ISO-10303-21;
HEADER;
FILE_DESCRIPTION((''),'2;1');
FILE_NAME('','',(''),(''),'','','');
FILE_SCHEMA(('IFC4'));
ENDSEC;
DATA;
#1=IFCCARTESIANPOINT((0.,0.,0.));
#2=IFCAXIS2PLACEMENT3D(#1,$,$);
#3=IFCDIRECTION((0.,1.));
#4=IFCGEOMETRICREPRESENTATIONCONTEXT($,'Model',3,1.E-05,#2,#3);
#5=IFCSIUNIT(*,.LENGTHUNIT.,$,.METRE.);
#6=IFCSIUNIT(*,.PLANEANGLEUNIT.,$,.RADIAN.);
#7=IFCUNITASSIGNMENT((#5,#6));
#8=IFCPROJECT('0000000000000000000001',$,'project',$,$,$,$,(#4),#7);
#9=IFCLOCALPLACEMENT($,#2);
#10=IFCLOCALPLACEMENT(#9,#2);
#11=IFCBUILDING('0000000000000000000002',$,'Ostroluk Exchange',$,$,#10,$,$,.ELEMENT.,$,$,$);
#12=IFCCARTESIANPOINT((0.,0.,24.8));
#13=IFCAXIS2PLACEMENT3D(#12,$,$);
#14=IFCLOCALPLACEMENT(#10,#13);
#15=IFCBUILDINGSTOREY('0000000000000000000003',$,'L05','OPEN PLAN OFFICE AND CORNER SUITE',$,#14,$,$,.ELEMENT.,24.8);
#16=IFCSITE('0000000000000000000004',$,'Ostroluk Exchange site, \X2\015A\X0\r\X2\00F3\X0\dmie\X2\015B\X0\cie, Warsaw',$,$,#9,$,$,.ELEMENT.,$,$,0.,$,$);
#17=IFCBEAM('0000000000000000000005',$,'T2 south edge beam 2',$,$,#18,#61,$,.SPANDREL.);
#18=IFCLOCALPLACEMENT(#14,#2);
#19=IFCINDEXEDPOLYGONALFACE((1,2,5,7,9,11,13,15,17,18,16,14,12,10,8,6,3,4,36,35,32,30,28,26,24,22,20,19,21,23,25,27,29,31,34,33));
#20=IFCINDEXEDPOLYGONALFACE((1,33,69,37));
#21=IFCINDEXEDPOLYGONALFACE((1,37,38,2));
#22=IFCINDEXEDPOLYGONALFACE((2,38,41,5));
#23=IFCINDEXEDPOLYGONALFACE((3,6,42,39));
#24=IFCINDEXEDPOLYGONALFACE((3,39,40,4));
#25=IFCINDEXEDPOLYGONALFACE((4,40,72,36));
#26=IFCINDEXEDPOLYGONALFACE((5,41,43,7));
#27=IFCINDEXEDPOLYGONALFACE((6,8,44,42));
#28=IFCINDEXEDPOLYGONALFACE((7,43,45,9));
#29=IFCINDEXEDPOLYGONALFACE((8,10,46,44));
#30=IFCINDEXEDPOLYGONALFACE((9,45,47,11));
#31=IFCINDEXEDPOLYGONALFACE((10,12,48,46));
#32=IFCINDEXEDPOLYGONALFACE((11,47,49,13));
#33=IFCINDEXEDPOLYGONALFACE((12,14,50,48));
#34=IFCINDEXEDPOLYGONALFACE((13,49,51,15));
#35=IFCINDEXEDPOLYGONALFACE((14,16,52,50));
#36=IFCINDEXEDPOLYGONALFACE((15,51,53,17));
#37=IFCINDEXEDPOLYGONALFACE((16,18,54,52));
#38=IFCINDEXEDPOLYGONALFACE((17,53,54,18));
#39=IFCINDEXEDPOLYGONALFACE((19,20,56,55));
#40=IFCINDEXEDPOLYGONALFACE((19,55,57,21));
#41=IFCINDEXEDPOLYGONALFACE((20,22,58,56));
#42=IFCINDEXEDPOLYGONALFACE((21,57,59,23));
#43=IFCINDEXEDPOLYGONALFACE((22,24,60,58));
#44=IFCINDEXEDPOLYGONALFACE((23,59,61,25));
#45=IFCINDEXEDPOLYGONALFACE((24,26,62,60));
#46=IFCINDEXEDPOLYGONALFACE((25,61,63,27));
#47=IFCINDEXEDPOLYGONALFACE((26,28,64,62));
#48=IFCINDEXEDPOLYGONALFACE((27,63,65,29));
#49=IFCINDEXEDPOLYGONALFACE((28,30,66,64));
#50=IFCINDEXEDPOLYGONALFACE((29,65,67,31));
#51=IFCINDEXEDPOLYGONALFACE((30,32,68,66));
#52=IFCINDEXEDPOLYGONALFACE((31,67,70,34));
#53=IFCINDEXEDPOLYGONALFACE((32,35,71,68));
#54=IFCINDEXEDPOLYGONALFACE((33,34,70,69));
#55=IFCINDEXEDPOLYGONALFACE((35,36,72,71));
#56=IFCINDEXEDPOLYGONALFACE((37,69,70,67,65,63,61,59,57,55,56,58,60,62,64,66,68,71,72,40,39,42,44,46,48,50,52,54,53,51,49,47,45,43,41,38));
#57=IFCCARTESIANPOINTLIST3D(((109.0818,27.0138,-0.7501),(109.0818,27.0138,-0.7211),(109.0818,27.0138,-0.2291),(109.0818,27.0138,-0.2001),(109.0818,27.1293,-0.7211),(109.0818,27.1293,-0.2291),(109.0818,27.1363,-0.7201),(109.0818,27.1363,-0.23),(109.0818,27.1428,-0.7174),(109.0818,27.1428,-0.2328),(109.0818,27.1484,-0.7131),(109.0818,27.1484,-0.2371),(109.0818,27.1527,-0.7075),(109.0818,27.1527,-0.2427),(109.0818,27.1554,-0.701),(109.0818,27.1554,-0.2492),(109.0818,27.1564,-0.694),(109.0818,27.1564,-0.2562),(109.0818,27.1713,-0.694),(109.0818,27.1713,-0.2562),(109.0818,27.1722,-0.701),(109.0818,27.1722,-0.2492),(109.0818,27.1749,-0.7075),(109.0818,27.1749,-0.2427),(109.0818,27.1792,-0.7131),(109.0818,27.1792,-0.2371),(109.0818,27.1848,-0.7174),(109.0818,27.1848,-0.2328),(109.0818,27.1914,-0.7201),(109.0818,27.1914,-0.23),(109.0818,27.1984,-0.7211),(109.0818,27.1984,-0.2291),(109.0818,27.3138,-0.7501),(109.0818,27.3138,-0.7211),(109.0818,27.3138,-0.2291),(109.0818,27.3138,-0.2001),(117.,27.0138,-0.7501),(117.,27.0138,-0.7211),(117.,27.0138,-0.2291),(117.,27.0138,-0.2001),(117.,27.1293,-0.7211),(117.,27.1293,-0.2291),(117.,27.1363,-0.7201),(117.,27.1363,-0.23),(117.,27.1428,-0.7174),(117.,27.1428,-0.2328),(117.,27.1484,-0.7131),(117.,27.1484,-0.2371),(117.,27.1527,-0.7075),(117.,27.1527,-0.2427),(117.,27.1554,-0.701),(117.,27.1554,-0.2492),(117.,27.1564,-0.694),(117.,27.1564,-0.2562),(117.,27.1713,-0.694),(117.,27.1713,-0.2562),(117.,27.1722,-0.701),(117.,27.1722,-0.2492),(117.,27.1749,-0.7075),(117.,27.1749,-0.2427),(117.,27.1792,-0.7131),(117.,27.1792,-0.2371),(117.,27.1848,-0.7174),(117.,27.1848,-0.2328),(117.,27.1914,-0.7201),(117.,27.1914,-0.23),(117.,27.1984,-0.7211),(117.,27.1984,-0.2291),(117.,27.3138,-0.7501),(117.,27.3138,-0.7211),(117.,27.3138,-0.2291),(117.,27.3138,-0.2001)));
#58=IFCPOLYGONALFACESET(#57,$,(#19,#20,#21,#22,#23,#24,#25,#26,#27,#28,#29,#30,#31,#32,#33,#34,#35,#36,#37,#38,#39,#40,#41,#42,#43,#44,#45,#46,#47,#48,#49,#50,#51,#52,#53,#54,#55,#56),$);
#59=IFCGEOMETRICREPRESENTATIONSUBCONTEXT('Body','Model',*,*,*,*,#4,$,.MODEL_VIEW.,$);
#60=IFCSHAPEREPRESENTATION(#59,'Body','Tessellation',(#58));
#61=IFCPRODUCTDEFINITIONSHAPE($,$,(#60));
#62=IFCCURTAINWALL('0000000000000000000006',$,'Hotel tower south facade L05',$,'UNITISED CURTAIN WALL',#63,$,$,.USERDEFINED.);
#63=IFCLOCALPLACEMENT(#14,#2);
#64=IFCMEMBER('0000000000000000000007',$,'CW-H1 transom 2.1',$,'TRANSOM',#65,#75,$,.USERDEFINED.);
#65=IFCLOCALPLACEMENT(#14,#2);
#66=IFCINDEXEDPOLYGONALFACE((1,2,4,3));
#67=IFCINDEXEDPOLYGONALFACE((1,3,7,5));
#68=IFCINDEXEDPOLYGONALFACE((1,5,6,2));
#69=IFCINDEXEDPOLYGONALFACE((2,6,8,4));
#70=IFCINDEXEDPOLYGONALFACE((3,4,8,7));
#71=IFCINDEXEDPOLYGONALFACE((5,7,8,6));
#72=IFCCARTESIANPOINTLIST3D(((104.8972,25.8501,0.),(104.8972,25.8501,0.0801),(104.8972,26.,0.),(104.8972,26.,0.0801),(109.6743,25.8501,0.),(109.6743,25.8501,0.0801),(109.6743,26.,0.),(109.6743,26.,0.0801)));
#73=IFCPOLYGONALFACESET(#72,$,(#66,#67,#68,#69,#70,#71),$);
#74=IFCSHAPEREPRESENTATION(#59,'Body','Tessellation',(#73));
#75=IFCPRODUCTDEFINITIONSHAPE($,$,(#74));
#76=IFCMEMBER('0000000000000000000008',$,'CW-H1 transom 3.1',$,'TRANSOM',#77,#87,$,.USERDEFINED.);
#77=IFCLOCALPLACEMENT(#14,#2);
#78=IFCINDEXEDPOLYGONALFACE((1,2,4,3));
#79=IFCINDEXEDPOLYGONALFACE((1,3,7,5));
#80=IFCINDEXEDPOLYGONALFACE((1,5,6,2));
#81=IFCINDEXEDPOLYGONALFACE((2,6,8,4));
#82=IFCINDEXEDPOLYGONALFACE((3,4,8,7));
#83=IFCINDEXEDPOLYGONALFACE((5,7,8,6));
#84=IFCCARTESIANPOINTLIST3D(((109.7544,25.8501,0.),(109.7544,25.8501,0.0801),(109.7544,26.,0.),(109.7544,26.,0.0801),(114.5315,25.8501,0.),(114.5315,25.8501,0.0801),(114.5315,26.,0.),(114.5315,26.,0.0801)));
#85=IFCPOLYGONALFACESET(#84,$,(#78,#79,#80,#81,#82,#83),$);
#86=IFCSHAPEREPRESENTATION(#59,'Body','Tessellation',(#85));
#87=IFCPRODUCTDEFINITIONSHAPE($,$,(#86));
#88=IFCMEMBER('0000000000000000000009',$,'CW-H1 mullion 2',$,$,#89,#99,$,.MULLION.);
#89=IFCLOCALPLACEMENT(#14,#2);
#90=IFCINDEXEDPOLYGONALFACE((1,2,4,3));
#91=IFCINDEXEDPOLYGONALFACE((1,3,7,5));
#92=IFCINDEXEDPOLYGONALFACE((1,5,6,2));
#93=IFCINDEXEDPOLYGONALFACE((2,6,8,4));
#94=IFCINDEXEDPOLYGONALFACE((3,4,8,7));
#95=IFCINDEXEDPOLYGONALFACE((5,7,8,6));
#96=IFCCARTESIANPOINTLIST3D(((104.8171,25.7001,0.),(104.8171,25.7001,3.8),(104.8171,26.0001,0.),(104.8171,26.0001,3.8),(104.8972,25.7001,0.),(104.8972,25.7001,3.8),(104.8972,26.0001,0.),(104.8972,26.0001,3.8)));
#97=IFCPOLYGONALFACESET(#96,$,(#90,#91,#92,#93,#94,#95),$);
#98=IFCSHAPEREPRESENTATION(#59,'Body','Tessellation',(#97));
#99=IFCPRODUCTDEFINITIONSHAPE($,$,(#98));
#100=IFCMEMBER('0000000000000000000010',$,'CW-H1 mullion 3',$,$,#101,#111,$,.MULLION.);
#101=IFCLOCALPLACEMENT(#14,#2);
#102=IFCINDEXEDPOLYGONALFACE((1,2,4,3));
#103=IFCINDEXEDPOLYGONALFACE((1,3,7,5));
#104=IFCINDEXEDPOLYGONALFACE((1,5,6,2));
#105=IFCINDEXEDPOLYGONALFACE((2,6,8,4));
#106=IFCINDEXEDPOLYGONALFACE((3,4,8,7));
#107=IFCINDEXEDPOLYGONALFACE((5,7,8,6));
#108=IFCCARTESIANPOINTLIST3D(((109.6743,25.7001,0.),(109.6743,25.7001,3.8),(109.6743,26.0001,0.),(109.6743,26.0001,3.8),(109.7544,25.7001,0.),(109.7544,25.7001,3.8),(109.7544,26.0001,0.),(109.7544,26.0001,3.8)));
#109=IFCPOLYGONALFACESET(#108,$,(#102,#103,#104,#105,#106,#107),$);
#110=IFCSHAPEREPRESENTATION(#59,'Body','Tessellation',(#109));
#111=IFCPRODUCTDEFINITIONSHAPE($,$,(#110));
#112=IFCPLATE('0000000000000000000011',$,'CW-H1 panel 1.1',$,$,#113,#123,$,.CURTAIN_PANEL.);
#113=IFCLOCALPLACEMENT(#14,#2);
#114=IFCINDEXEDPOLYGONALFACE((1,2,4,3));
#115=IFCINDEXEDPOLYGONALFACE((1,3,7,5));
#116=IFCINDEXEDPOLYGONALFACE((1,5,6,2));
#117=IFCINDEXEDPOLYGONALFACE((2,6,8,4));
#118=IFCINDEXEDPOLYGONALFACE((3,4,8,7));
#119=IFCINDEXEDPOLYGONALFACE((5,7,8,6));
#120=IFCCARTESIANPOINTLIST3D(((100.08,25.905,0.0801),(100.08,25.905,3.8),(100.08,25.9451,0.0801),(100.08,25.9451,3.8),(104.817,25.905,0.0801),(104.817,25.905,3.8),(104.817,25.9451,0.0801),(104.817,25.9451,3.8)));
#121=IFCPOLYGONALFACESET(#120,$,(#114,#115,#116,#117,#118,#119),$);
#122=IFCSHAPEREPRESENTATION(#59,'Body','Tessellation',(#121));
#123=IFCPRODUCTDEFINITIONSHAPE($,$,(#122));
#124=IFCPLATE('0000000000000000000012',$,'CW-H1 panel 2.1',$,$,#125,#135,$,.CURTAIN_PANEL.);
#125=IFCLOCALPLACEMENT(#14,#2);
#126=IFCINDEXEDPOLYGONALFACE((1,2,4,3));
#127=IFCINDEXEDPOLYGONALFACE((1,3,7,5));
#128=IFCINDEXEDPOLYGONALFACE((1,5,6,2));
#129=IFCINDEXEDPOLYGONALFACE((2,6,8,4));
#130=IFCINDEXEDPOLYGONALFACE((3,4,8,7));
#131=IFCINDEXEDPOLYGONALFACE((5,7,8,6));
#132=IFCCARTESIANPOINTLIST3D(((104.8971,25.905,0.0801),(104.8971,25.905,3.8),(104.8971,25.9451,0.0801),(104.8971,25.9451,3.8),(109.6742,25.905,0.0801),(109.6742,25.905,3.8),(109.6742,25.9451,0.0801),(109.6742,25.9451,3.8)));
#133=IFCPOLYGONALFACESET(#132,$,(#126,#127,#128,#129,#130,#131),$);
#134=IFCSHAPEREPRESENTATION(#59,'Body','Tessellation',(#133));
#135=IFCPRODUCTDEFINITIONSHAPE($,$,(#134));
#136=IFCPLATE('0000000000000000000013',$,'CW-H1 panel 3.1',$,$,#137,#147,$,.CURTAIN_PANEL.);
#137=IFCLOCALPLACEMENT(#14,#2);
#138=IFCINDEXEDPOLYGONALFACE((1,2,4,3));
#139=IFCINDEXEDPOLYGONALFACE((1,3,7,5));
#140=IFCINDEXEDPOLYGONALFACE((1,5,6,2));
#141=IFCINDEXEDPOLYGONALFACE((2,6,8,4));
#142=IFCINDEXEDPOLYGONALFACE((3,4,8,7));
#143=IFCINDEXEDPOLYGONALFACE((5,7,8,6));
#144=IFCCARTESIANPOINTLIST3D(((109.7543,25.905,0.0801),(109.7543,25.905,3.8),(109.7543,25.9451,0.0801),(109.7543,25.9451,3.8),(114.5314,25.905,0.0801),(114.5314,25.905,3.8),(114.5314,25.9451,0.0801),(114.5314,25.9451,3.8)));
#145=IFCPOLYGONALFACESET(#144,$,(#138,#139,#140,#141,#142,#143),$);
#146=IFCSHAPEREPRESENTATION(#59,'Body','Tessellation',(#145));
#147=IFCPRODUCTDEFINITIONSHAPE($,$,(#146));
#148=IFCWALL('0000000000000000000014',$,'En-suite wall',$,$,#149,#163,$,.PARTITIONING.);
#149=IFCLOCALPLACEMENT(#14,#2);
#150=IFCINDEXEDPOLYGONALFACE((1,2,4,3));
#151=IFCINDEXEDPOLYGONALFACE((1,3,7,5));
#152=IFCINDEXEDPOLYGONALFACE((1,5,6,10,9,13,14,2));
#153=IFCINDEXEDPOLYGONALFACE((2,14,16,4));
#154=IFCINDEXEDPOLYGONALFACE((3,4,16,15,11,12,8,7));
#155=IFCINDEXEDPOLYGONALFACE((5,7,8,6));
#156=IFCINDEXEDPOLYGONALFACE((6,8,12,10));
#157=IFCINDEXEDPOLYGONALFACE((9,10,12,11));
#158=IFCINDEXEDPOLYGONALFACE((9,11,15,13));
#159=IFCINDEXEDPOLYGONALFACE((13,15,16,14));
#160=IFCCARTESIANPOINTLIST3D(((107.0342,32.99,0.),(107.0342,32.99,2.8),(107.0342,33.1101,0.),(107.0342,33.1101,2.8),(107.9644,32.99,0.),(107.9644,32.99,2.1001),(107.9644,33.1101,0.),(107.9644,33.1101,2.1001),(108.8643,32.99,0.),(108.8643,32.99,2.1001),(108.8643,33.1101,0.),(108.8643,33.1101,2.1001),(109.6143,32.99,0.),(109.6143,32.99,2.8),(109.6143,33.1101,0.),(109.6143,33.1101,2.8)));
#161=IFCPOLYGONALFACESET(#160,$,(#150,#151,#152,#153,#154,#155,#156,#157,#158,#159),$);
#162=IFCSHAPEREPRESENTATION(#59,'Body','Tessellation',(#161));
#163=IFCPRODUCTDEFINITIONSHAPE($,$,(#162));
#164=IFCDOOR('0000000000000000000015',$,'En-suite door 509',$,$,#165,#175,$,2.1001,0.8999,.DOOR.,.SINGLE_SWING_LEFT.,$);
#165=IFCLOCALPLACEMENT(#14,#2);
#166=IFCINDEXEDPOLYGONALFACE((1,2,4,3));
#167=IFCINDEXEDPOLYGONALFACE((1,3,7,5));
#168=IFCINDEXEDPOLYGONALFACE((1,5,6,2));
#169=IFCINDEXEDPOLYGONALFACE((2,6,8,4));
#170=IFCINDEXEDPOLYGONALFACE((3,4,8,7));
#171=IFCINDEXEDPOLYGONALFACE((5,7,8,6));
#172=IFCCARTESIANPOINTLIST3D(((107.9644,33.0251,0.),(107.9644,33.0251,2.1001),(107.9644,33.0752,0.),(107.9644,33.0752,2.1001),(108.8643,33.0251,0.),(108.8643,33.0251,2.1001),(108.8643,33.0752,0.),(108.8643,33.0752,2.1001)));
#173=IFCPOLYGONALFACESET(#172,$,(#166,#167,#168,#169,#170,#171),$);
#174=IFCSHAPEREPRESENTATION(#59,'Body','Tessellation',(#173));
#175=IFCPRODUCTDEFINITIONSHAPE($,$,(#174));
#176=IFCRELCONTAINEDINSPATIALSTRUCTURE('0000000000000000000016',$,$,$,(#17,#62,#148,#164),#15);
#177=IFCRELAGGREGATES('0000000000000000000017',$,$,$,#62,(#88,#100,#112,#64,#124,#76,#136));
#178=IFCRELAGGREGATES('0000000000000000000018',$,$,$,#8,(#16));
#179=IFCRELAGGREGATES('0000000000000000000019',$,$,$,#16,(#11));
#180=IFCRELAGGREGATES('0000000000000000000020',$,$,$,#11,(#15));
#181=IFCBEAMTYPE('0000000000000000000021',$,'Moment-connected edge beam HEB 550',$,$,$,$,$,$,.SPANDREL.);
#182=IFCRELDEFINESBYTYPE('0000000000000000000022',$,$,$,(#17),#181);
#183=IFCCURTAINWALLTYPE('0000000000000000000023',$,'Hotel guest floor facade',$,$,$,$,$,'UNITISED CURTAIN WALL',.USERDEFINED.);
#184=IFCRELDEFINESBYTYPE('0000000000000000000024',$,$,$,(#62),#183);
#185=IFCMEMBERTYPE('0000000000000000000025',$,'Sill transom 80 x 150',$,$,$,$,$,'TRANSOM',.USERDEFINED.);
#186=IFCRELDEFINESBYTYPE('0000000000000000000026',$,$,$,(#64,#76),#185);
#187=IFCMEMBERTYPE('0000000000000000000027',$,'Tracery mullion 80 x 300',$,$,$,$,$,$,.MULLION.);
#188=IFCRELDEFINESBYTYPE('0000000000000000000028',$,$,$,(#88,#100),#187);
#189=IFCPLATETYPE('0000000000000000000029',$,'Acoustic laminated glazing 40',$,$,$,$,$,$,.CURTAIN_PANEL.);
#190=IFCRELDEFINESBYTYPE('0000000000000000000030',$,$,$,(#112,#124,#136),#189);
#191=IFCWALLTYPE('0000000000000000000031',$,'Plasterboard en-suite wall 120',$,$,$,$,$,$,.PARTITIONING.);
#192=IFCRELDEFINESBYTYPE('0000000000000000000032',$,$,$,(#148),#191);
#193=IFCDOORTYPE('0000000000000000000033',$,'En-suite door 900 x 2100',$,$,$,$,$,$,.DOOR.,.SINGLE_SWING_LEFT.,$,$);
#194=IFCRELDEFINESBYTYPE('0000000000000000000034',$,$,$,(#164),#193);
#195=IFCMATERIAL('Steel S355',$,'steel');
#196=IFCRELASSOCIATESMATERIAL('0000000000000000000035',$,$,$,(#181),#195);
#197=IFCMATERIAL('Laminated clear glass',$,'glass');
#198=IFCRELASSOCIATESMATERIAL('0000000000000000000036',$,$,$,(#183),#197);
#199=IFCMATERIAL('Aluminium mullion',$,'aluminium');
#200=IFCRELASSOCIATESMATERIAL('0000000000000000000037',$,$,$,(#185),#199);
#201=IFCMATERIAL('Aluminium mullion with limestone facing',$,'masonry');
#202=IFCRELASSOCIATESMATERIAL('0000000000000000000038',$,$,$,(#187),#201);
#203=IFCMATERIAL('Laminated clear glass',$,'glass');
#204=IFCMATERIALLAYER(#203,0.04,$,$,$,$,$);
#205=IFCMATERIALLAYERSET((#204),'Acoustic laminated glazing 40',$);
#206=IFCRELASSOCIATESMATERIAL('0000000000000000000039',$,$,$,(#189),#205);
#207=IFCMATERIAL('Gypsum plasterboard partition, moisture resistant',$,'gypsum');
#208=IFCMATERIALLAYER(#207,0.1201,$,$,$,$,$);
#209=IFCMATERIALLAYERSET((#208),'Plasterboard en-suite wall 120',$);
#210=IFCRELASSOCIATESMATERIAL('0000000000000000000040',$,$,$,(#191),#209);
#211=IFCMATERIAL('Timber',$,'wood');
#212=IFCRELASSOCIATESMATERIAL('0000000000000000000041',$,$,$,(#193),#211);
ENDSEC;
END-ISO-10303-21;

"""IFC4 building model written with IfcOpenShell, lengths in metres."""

from ifc_helpers import new_model, si_unit, direction, frame, frame_2d, origin, origin_2d, place, context, subcontext, project, spatial, rectangle, i_section, extrude, material, layer, layer_set, material_profile, profile_set, type_object, element, fill, aggregate, save


model = new_model("IFC4")

# Units and contexts
model_context = context("Model", 3, precision=1e-05, world=origin(), true_north=direction((0.0, 1.0)))
body_context = subcontext(model_context, "Body", "Model", "MODEL_VIEW")
ifc_project = project(units=[si_unit("LENGTHUNIT", "METRE"), si_unit("PLANEANGLEUNIT", "RADIAN")], contexts=[model_context])

# Site, building, storey
site_placement = place(None, origin())
site = spatial("IfcSite", under=ifc_project, at=site_placement, Name="Ostroluk Exchange site, Śródmieście, Warsaw", CompositionType="ELEMENT", RefElevation=0.0)
building_placement = place(site_placement, origin())
building = spatial("IfcBuilding", under=site, at=building_placement, Name="Ostroluk Exchange", CompositionType="ELEMENT")
storey_placement = place(building_placement, frame((0.0, 0.0, 24.8)))
storey = spatial("IfcBuildingStorey", under=building, at=storey_placement, Name="L05", Description="OPEN PLAN OFFICE AND CORNER SUITE", CompositionType="ELEMENT", Elevation=24.8)

# Beam
ifc_material_1 = material(Name="Steel S355", Category="steel")
ifc_material_profile_1 = material_profile(ifc_material_1, i_section(OverallWidth=0.3, OverallDepth=0.55, WebThickness=0.0149, FlangeThickness=0.0291, FilletRadius=0.0271, at=origin_2d()), Name="HEB 550")
ifc_profile_set_1 = profile_set([ifc_material_profile_1], Name="Steel S355")
beam_type_1 = type_object("IfcBeamType", Name="Moment-connected edge beam HEB 550", PredefinedType="SPANDREL", material=ifc_profile_set_1)
beam_1_placement = place(storey_placement, frame((109.0818, 27.1638, -0.4751), z_axis=(1.0, 0.0, 0.0), x_axis=(0.0, 1.0, 0.0)))
element("IfcBeam", 1, at=beam_1_placement, inside=storey, type_object=beam_type_1, Name="T2 south edge beam 2", PredefinedType="SPANDREL", context=body_context, shape_type="SweptSolid", body=[
    extrude(i_section(OverallWidth=0.3, OverallDepth=0.55, WebThickness=0.0149, FlangeThickness=0.0291, FilletRadius=0.0271, at=origin_2d()), origin(), (0.0, 0.0, 1.0), 7.9182),
])

# Curtain wall, members, plates
ifc_material_2 = material(Name="Laminated clear glass", Category="glass")
curtain_wall_type = type_object("IfcCurtainWallType", Name="Hotel guest floor facade", ElementType="UNITISED CURTAIN WALL", PredefinedType="USERDEFINED", material=ifc_material_2)
curtain_wall_placement = place(storey_placement, origin())
curtain_wall = element("IfcCurtainWall", 2, at=curtain_wall_placement, inside=storey, type_object=curtain_wall_type, Name="Hotel tower south facade L05", ObjectType="UNITISED CURTAIN WALL", PredefinedType="USERDEFINED")
ifc_material_3 = material(Name="Aluminium mullion", Category="aluminium")
ifc_material_profile_2 = material_profile(ifc_material_3, rectangle(XDim=0.1499, YDim=0.0801, at=origin_2d()), Name="Sill transom 80 x 150")
ifc_profile_set_2 = profile_set([ifc_material_profile_2], Name="Aluminium mullion")
member_type_1 = type_object("IfcMemberType", Name="Sill transom 80 x 150", ElementType="TRANSOM", PredefinedType="USERDEFINED", material=ifc_profile_set_2)
member_1_placement = place(storey_placement, frame((104.8972, 25.925, 0.04), z_axis=(1.0, 0.0, 0.0), x_axis=(0.0, 1.0, 0.0)))
member_1 = element("IfcMember", 3, at=member_1_placement, type_object=member_type_1, Name="CW-H1 transom 2.1", ObjectType="TRANSOM", PredefinedType="USERDEFINED", context=body_context, shape_type="SweptSolid", body=[
    extrude(rectangle(XDim=0.1499, YDim=0.0801, at=origin_2d()), origin(), (0.0, 0.0, 1.0), 4.7771),
])
member_2_placement = place(storey_placement, frame((109.7544, 25.925, 0.04), z_axis=(1.0, 0.0, 0.0), x_axis=(0.0, 1.0, 0.0)))
member_2 = element("IfcMember", 4, at=member_2_placement, type_object=member_type_1, Name="CW-H1 transom 3.1", ObjectType="TRANSOM", PredefinedType="USERDEFINED", context=body_context, shape_type="SweptSolid", body=[
    extrude(rectangle(XDim=0.1499, YDim=0.0801, at=origin_2d()), origin(), (0.0, 0.0, 1.0), 4.7771),
])
ifc_material_4 = material(Name="Aluminium mullion with limestone facing", Category="masonry")
ifc_material_profile_3 = material_profile(ifc_material_4, rectangle(XDim=0.3, YDim=0.0801, at=origin_2d()), Name="Tracery mullion 80 x 300")
ifc_profile_set_3 = profile_set([ifc_material_profile_3], Name="Aluminium mullion with limestone facing")
member_type_2 = type_object("IfcMemberType", Name="Tracery mullion 80 x 300", PredefinedType="MULLION", material=ifc_profile_set_3)
member_3_placement = place(storey_placement, frame((104.8572, 25.8501, 0.0), z_axis=(0.0, 0.0, 1.0), x_axis=(0.0, 1.0, 0.0)))
member_3 = element("IfcMember", 5, at=member_3_placement, type_object=member_type_2, Name="CW-H1 mullion 2", PredefinedType="MULLION", context=body_context, shape_type="SweptSolid", body=[
    extrude(rectangle(XDim=0.3, YDim=0.0801, at=origin_2d()), origin(), (0.0, 0.0, 1.0), 3.8),
])
member_4_placement = place(storey_placement, frame((109.7144, 25.8501, 0.0), z_axis=(0.0, 0.0, 1.0), x_axis=(0.0, 1.0, 0.0)))
member_4 = element("IfcMember", 6, at=member_4_placement, type_object=member_type_2, Name="CW-H1 mullion 3", PredefinedType="MULLION", context=body_context, shape_type="SweptSolid", body=[
    extrude(rectangle(XDim=0.3, YDim=0.0801, at=origin_2d()), origin(), (0.0, 0.0, 1.0), 3.8),
])
ifc_material_5 = material(Name="Laminated clear glass", Category="glass")
ifc_layer_1 = layer(ifc_material_5, 0.04)
ifc_layer_set_1 = layer_set([ifc_layer_1], Name="Acoustic laminated glazing 40")
plate_type = type_object("IfcPlateType", Name="Acoustic laminated glazing 40", PredefinedType="CURTAIN_PANEL", material=ifc_layer_set_1)
plate_1_placement = place(storey_placement, frame((102.4485, 25.925, 0.0801), z_axis=(0.0, 0.0, 1.0), x_axis=(1.0, 0.0, 0.0)))
plate_1 = element("IfcPlate", 7, at=plate_1_placement, type_object=plate_type, Name="CW-H1 panel 1.1", PredefinedType="CURTAIN_PANEL", context=body_context, shape_type="SweptSolid", body=[
    extrude(rectangle(XDim=4.7371, YDim=0.04, at=origin_2d()), origin(), (0.0, 0.0, 1.0), 3.72),
])
plate_2_placement = place(storey_placement, frame((107.2856, 25.925, 0.0801), z_axis=(0.0, 0.0, 1.0), x_axis=(1.0, 0.0, 0.0)))
plate_2 = element("IfcPlate", 8, at=plate_2_placement, type_object=plate_type, Name="CW-H1 panel 2.1", PredefinedType="CURTAIN_PANEL", context=body_context, shape_type="SweptSolid", body=[
    extrude(rectangle(XDim=4.7771, YDim=0.04, at=origin_2d()), origin(), (0.0, 0.0, 1.0), 3.72),
])
plate_3_placement = place(storey_placement, frame((112.1428, 25.925, 0.0801), z_axis=(0.0, 0.0, 1.0), x_axis=(1.0, 0.0, 0.0)))
plate_3 = element("IfcPlate", 9, at=plate_3_placement, type_object=plate_type, Name="CW-H1 panel 3.1", PredefinedType="CURTAIN_PANEL", context=body_context, shape_type="SweptSolid", body=[
    extrude(rectangle(XDim=4.7771, YDim=0.04, at=origin_2d()), origin(), (0.0, 0.0, 1.0), 3.72),
])
aggregate(curtain_wall, [member_3, member_4, plate_1, member_1, plate_2, member_2, plate_3])

# Wall, opening, door
ifc_material_6 = material(Name="Gypsum plasterboard partition, moisture resistant", Category="gypsum")
ifc_layer_2 = layer(ifc_material_6, 0.1201)
ifc_layer_set_2 = layer_set([ifc_layer_2], Name="Plasterboard en-suite wall 120")
wall_type = type_object("IfcWallType", Name="Plasterboard en-suite wall 120", PredefinedType="PARTITIONING", material=ifc_layer_set_2)
wall_1_placement = place(storey_placement, frame((109.6143, 33.05, 0.0), z_axis=(0.0, 0.0, 1.0), x_axis=(-1.0, 0.0, 0.0)))
wall_1 = element("IfcWall", 10, at=wall_1_placement, inside=storey, type_object=wall_type, Name="En-suite wall", PredefinedType="PARTITIONING", context=body_context, shape_type="SweptSolid", body=[
    extrude(rectangle(XDim=2.5801, YDim=0.1201, at=frame_2d((1.29, 0.0))), origin(), (0.0, 0.0, 1.0), 2.8),
])
opening_placement = place(wall_1_placement, frame((0.75, 0.0, 0.0)))
opening = element("IfcOpeningElement", 11, at=opening_placement, cuts=wall_1, PredefinedType="OPENING", context=body_context, shape_type="SweptSolid", body=[
    extrude(rectangle(XDim=0.8999, YDim=2.1001, at=frame_2d((0.45, 1.05))), frame((0.0, 0.0701, 0.0), z_axis=(0.0, -1.0, 0.0), x_axis=(1.0, 0.0, 0.0)), (0.0, 0.0, 1.0), 0.1401),
])
ifc_material_7 = material(Name="Timber", Category="wood")
door_type = type_object("IfcDoorType", Name="En-suite door 900 x 2100", OperationType="SINGLE_SWING_LEFT", PredefinedType="DOOR", material=ifc_material_7)
door_placement = place(opening_placement, origin())
door = element("IfcDoor", 12, at=door_placement, inside=storey, type_object=door_type, Name="En-suite door 509", OperationType="SINGLE_SWING_LEFT", OverallHeight=2.1001, OverallWidth=0.8999, PredefinedType="DOOR", context=body_context, shape_type="SweptSolid", body=[
    extrude(rectangle(XDim=0.8999, YDim=2.1001, at=frame_2d((0.45, 1.05))), frame((0.0, 0.0249, 0.0), z_axis=(0.0, -1.0, 0.0), x_axis=(1.0, 0.0, 0.0)), (0.0, 0.0, 1.0), 0.05),
])
fill(opening, door)

save(model, "model.ifc")
